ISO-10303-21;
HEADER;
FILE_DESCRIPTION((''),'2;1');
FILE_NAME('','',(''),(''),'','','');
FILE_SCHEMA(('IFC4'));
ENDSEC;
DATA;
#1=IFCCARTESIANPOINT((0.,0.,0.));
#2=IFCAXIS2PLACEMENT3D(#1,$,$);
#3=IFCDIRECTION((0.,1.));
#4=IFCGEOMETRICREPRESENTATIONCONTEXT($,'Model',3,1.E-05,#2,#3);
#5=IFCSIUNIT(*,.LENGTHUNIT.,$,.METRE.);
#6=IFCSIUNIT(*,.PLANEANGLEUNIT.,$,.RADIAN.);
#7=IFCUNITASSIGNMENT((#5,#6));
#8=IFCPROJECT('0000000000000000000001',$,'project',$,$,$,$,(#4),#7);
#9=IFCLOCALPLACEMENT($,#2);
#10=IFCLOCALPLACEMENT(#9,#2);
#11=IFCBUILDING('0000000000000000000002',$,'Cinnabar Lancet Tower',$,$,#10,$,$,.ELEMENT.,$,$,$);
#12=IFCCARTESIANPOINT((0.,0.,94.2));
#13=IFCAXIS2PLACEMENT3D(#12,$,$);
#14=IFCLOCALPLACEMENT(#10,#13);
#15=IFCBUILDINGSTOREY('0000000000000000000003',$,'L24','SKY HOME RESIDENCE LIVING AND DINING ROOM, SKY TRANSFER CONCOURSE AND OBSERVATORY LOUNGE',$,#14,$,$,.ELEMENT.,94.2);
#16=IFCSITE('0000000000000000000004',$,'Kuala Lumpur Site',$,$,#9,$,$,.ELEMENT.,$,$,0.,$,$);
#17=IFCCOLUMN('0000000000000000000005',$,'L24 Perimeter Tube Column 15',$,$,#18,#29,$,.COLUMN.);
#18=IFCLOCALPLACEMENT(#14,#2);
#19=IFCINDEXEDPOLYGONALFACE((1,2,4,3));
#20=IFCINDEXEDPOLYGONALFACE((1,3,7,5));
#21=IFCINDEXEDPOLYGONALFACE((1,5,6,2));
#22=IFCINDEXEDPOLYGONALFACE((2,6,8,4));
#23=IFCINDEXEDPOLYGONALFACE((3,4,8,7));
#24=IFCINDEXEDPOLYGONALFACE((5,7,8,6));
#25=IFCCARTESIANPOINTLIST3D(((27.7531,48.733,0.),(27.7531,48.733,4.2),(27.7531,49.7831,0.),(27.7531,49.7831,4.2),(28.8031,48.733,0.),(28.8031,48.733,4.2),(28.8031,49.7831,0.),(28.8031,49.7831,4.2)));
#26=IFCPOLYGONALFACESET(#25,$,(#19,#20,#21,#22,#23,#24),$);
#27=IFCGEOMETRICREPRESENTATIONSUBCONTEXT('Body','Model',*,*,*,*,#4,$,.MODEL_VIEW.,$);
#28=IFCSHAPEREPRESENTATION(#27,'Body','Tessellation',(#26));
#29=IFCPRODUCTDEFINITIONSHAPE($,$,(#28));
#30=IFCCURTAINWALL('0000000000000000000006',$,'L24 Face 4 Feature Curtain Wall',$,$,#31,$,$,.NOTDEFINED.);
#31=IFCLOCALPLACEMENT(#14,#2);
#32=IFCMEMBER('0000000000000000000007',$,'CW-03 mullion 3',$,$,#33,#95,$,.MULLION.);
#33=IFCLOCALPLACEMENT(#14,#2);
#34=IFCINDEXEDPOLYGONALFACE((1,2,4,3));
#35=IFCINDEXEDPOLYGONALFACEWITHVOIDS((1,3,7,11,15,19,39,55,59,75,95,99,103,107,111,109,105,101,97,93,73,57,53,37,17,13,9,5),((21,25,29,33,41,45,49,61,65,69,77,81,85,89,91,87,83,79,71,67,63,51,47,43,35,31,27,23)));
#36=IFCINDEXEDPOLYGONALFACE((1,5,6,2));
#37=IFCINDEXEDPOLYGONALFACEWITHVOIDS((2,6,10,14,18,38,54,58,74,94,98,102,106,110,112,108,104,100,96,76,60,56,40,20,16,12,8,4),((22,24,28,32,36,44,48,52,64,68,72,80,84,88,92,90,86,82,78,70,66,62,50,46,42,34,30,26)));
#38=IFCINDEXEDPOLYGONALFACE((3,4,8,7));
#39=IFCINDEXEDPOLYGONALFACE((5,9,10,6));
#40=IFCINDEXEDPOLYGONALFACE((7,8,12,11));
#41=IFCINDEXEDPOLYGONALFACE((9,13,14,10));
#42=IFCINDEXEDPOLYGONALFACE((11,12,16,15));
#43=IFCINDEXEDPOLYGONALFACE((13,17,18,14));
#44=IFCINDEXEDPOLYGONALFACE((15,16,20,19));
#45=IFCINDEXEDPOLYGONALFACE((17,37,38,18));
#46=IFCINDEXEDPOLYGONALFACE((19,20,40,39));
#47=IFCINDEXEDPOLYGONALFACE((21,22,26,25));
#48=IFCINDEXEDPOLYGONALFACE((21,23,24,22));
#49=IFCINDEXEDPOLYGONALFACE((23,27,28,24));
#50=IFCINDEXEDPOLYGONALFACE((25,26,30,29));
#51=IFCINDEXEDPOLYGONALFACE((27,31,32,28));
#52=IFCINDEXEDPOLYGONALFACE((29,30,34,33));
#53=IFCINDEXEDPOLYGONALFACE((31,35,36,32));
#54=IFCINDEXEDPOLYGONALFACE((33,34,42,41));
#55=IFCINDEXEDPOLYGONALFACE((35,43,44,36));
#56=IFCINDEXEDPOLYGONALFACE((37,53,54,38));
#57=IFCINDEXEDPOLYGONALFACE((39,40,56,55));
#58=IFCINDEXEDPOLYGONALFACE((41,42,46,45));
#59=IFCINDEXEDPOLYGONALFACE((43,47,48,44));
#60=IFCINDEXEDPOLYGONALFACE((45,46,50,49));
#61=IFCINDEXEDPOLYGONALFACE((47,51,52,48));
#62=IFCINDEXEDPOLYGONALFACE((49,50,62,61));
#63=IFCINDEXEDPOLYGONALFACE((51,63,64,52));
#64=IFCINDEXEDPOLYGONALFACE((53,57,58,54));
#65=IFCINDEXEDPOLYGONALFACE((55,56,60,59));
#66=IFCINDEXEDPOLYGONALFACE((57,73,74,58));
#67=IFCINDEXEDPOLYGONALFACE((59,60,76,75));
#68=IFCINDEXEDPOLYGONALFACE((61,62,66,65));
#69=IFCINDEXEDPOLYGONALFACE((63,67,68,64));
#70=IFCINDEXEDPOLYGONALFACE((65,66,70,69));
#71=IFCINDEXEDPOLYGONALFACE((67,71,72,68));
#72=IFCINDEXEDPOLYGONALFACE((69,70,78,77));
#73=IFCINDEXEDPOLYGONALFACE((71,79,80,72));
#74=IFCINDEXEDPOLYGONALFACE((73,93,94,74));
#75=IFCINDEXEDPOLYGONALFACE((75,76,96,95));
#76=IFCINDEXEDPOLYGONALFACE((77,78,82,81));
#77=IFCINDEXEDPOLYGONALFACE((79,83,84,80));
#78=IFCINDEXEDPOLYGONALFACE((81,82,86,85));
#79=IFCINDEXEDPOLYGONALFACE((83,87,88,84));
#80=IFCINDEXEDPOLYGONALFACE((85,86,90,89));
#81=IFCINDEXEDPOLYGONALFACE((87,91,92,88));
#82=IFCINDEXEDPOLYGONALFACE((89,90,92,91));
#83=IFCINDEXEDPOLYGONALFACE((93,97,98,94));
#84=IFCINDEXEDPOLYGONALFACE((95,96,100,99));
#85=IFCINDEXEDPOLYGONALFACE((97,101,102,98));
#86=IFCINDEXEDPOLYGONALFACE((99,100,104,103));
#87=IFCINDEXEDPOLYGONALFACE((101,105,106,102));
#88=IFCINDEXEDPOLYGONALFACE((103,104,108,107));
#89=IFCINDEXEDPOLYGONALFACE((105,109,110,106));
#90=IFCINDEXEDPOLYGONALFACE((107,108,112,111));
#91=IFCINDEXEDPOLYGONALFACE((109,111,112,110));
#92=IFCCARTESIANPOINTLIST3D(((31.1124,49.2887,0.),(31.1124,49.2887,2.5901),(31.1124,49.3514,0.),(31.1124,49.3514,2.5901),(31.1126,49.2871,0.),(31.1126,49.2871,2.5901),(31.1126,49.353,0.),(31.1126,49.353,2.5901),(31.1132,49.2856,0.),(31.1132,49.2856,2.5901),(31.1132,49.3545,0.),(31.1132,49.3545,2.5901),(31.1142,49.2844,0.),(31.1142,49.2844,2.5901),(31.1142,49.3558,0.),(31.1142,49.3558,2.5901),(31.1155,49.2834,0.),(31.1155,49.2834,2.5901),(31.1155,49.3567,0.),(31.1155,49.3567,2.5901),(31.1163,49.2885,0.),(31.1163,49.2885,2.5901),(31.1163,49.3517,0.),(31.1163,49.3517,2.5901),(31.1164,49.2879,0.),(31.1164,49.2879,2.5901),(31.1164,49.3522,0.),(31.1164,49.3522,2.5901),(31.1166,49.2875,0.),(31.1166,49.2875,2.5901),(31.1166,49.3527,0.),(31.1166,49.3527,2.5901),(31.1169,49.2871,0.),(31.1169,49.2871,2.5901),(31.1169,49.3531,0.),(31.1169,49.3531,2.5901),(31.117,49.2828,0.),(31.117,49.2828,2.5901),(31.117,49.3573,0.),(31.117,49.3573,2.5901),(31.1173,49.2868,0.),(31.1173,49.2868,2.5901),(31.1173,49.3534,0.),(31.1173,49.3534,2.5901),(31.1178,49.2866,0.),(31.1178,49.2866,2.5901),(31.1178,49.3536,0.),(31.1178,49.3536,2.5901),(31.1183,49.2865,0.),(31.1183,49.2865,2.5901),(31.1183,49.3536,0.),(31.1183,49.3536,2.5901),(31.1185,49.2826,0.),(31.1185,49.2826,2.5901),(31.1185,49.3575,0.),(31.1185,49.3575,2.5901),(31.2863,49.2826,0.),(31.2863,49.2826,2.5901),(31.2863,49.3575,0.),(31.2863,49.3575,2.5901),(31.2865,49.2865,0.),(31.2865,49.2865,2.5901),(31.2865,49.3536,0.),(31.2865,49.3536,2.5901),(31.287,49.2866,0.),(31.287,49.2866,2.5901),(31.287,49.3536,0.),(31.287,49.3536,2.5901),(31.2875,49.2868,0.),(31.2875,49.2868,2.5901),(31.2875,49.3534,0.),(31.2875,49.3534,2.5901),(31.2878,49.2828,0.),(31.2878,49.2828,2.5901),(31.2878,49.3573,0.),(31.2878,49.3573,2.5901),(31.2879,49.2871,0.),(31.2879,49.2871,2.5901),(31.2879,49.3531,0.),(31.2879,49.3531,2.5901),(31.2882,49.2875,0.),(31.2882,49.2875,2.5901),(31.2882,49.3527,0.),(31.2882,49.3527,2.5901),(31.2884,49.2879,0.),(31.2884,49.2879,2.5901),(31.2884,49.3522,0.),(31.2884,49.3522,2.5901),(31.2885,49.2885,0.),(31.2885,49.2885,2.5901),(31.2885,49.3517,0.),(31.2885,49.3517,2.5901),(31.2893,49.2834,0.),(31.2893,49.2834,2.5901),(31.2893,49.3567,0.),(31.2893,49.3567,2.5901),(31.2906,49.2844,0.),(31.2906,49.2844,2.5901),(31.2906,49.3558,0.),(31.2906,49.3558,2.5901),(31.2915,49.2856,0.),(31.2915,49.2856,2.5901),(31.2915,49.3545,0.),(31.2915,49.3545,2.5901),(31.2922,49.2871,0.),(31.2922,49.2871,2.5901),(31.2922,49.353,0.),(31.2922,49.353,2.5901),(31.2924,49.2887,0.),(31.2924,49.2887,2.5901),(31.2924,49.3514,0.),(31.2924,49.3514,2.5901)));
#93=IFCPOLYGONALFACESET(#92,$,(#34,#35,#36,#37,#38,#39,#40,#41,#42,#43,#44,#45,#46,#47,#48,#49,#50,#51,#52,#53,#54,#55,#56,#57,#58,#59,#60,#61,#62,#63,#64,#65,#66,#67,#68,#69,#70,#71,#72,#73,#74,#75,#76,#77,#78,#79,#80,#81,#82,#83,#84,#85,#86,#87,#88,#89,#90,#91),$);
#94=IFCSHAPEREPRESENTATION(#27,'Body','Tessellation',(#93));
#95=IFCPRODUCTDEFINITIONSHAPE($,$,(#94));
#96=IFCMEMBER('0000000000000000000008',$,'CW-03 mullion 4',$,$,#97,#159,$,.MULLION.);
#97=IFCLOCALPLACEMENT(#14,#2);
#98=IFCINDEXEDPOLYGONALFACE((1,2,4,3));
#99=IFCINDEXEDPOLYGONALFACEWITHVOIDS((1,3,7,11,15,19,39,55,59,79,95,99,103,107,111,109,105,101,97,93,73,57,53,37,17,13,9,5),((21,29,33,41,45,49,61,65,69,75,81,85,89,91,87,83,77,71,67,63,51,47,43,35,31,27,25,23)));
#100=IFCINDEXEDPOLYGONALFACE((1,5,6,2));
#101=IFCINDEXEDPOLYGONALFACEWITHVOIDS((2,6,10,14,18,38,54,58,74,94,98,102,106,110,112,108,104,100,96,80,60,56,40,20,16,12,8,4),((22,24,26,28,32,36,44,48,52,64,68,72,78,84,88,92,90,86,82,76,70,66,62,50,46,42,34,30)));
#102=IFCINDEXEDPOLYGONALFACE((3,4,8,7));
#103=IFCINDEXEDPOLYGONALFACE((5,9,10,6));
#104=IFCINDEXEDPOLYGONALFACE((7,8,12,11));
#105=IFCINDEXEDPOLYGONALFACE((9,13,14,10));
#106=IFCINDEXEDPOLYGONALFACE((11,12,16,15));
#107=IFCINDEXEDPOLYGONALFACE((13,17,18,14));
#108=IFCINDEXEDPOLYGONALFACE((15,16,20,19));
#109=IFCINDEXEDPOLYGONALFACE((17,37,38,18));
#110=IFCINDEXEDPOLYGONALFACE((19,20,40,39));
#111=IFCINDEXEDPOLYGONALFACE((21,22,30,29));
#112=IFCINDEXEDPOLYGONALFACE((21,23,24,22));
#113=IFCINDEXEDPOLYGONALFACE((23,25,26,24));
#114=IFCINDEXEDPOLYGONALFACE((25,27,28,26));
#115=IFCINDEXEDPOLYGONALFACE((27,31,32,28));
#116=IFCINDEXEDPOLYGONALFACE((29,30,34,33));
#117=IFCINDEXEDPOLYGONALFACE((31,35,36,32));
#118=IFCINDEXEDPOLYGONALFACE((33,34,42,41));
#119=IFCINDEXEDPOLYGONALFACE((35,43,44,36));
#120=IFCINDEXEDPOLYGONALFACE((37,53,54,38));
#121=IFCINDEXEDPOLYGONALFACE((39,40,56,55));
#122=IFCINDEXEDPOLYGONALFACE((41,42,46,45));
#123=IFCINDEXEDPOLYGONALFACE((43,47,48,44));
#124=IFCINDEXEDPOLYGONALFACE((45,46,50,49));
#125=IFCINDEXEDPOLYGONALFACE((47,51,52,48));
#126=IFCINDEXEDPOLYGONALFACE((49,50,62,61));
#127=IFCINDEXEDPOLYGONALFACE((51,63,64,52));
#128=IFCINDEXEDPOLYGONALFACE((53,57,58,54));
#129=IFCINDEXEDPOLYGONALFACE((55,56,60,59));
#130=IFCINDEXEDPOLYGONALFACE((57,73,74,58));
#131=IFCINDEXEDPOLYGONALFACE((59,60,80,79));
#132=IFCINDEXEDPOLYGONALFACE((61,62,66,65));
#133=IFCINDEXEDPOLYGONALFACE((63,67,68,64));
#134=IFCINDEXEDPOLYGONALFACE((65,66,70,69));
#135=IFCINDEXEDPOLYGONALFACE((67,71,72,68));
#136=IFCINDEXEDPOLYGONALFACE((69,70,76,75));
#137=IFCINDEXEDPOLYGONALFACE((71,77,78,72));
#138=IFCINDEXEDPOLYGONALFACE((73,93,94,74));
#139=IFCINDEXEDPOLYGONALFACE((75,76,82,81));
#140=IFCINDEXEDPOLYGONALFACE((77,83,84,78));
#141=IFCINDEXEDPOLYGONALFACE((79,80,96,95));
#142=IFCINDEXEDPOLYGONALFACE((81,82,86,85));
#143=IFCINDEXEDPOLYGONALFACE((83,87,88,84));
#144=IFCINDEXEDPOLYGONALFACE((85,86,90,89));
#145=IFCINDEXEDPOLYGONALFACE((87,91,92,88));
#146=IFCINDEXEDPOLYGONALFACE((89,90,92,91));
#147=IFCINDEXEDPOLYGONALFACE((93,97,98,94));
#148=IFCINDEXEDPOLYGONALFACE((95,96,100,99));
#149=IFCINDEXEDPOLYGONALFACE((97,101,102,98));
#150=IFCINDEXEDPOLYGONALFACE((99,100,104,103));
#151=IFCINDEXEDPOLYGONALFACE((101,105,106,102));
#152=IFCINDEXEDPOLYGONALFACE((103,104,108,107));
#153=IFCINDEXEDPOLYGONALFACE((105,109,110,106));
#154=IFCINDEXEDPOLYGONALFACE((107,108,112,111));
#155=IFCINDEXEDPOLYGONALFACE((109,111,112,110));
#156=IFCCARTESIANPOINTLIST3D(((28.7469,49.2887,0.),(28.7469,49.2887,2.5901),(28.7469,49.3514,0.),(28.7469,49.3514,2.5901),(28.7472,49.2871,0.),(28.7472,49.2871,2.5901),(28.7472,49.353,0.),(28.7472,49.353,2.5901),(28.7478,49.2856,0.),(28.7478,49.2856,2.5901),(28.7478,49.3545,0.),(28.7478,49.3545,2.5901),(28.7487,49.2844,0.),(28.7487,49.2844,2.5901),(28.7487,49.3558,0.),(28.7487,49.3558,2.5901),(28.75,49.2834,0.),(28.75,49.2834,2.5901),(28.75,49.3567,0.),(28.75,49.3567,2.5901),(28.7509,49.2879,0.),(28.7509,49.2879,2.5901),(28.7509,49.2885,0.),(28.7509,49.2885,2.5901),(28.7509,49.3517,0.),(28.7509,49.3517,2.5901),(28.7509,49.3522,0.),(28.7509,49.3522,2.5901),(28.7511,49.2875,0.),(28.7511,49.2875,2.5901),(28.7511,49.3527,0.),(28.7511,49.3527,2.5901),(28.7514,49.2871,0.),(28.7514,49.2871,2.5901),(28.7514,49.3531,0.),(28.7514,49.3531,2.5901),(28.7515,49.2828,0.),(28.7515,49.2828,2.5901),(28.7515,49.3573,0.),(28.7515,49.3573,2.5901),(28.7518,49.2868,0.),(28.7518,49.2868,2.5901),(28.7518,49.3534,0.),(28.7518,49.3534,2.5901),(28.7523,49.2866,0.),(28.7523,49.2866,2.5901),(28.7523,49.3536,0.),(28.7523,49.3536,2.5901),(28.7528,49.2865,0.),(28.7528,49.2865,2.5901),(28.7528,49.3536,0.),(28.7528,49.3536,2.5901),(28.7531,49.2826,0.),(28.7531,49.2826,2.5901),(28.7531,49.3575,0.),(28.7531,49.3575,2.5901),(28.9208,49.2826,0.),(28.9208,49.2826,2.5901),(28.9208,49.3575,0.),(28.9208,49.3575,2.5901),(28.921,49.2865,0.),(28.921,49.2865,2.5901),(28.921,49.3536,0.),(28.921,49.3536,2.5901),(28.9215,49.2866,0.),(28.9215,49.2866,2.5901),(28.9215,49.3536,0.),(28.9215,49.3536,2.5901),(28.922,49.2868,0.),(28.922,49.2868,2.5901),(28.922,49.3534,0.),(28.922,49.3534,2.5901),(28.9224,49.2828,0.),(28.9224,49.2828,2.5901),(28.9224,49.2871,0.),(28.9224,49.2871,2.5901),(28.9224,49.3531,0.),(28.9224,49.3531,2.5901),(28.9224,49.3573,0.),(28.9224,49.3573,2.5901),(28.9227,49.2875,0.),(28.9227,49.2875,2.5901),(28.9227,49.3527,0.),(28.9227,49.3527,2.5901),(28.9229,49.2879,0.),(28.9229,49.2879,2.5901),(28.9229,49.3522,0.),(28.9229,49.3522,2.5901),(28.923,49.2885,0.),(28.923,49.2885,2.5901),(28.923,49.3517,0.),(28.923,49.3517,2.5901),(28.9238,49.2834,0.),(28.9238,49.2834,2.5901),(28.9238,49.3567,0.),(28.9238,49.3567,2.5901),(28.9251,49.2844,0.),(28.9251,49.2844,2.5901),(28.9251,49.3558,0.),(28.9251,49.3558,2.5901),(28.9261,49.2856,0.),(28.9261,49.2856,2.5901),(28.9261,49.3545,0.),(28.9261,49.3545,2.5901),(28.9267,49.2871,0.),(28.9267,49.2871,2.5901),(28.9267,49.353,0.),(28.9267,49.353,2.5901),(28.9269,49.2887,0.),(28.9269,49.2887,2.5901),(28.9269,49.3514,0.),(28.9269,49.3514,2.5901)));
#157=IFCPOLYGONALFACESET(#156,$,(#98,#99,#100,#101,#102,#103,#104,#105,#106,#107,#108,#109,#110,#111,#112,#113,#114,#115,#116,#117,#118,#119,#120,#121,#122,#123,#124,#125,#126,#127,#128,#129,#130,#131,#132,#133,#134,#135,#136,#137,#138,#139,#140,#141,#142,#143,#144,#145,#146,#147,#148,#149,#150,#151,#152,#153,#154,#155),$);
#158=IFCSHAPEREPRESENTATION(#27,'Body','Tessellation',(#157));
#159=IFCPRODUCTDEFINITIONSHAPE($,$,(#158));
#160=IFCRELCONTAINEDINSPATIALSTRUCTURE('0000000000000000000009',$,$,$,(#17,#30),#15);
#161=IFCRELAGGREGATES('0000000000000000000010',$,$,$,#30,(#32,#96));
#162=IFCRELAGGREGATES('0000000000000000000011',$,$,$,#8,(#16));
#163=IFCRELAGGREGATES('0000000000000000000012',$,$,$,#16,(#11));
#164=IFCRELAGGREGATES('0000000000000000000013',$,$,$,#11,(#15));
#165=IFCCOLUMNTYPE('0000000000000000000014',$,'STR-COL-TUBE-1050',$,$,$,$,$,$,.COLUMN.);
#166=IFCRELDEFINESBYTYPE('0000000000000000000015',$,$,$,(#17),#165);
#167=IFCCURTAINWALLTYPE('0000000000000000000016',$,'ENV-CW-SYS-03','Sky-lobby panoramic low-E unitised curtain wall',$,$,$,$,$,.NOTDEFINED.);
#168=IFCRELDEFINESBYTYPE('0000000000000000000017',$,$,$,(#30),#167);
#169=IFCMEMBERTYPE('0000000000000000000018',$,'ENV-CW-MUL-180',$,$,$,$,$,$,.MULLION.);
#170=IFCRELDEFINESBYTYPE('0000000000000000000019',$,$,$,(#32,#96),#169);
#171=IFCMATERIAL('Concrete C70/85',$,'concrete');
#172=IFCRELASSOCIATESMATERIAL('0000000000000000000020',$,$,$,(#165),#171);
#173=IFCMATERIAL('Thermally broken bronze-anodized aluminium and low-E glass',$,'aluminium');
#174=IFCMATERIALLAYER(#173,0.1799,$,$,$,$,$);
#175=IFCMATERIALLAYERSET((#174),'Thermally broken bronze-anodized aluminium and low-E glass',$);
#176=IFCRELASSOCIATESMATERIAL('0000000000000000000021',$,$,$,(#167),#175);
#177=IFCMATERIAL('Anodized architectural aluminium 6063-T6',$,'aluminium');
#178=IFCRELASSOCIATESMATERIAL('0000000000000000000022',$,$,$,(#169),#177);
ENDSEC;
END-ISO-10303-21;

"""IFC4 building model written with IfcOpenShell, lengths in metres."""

from ifc_helpers import new_model, si_unit, direction, frame, origin, origin_2d, place, context, subcontext, project, spatial, rectangle, hollow_rectangle, extrude, material, layer, layer_set, material_profile, profile_set, type_object, element, aggregate, save


model = new_model("IFC4")

# Units and contexts
model_context = context("Model", 3, precision=1e-05, world=origin(), true_north=direction((0.0, 1.0)))
body_context = subcontext(model_context, "Body", "Model", "MODEL_VIEW")
ifc_project = project(units=[si_unit("LENGTHUNIT", "METRE"), si_unit("PLANEANGLEUNIT", "RADIAN")], contexts=[model_context])

# Site, building, storey
site_placement = place(None, origin())
site = spatial("IfcSite", under=ifc_project, at=site_placement, Name="Kuala Lumpur Site", CompositionType="ELEMENT", RefElevation=0.0)
building_placement = place(site_placement, origin())
building = spatial("IfcBuilding", under=site, at=building_placement, Name="Cinnabar Lancet Tower", CompositionType="ELEMENT")
storey_placement = place(building_placement, frame((0.0, 0.0, 94.2)))
storey = spatial("IfcBuildingStorey", under=building, at=storey_placement, Name="L24", Description="SKY HOME RESIDENCE LIVING AND DINING ROOM, SKY TRANSFER CONCOURSE AND OBSERVATORY LOUNGE", CompositionType="ELEMENT", Elevation=94.2)

# Column
ifc_material_1 = material(Name="Concrete C70/85", Category="concrete")
ifc_material_profile_1 = material_profile(ifc_material_1, rectangle(XDim=1.05, YDim=1.05, at=origin_2d()), Name="RC-COL 1050x1050")
ifc_profile_set_1 = profile_set([ifc_material_profile_1], Name="Concrete C70/85")
column_type = type_object("IfcColumnType", Name="STR-COL-TUBE-1050", PredefinedType="COLUMN", material=ifc_profile_set_1)
column_placement = place(storey_placement, frame((28.2781, 49.2581, 0.0), z_axis=(0.0, 0.0, 1.0), x_axis=(1.0, 0.0, 0.0)))
element("IfcColumn", 1, at=column_placement, inside=storey, type_object=column_type, Name="L24 Perimeter Tube Column 15", PredefinedType="COLUMN", context=body_context, shape_type="SweptSolid", body=[
    extrude(rectangle(XDim=1.05, YDim=1.05, at=origin_2d()), origin(), (0.0, 0.0, 1.0), 4.2),
])

# Curtain wall, members
ifc_material_2 = material(Name="Thermally broken bronze-anodized aluminium and low-E glass", Category="aluminium")
ifc_layer_1 = layer(ifc_material_2, 0.1799)
ifc_layer_set_1 = layer_set([ifc_layer_1], Name="Thermally broken bronze-anodized aluminium and low-E glass")
curtain_wall_type = type_object("IfcCurtainWallType", Name="ENV-CW-SYS-03", Description="Sky-lobby panoramic low-E unitised curtain wall", PredefinedType="NOTDEFINED", material=ifc_layer_set_1)
curtain_wall_placement = place(storey_placement, origin())
curtain_wall = element("IfcCurtainWall", 2, at=curtain_wall_placement, inside=storey, type_object=curtain_wall_type, Name="L24 Face 4 Feature Curtain Wall", PredefinedType="NOTDEFINED")
ifc_material_3 = material(Name="Anodized architectural aluminium 6063-T6", Category="aluminium")
ifc_material_profile_2 = material_profile(ifc_material_3, hollow_rectangle(XDim=0.075, YDim=0.1799, WallThickness=0.0039, InnerFilletRadius=0.002, OuterFilletRadius=0.0061, at=origin_2d()), Name="CW-MUL 180x75x4")
ifc_profile_set_2 = profile_set([ifc_material_profile_2], Name="Anodized architectural aluminium 6063-T6")
member_type_1 = type_object("IfcMemberType", Name="ENV-CW-MUL-180", PredefinedType="MULLION", material=ifc_profile_set_2)
member_1_placement = place(storey_placement, frame((31.2024, 49.3201, 0.0), z_axis=(0.0, 0.0, 1.0), x_axis=(0.0, -1.0, 0.0)))
member_1 = element("IfcMember", 3, at=member_1_placement, type_object=member_type_1, Name="CW-03 mullion 3", PredefinedType="MULLION", context=body_context, shape_type="SweptSolid", body=[
    extrude(hollow_rectangle(XDim=0.075, YDim=0.1799, WallThickness=0.0039, InnerFilletRadius=0.002, OuterFilletRadius=0.0061, at=origin_2d()), origin(), (0.0, 0.0, 1.0), 2.5901),
])
member_2_placement = place(storey_placement, frame((28.8369, 49.3201, 0.0), z_axis=(0.0, 0.0, 1.0), x_axis=(0.0, -1.0, 0.0)))
member_2 = element("IfcMember", 4, at=member_2_placement, type_object=member_type_1, Name="CW-03 mullion 4", PredefinedType="MULLION", context=body_context, shape_type="SweptSolid", body=[
    extrude(hollow_rectangle(XDim=0.075, YDim=0.1799, WallThickness=0.0039, InnerFilletRadius=0.002, OuterFilletRadius=0.0061, at=origin_2d()), origin(), (0.0, 0.0, 1.0), 2.5901),
])

aggregate(curtain_wall, [member_1, member_2])

save(model, "model.ifc")
